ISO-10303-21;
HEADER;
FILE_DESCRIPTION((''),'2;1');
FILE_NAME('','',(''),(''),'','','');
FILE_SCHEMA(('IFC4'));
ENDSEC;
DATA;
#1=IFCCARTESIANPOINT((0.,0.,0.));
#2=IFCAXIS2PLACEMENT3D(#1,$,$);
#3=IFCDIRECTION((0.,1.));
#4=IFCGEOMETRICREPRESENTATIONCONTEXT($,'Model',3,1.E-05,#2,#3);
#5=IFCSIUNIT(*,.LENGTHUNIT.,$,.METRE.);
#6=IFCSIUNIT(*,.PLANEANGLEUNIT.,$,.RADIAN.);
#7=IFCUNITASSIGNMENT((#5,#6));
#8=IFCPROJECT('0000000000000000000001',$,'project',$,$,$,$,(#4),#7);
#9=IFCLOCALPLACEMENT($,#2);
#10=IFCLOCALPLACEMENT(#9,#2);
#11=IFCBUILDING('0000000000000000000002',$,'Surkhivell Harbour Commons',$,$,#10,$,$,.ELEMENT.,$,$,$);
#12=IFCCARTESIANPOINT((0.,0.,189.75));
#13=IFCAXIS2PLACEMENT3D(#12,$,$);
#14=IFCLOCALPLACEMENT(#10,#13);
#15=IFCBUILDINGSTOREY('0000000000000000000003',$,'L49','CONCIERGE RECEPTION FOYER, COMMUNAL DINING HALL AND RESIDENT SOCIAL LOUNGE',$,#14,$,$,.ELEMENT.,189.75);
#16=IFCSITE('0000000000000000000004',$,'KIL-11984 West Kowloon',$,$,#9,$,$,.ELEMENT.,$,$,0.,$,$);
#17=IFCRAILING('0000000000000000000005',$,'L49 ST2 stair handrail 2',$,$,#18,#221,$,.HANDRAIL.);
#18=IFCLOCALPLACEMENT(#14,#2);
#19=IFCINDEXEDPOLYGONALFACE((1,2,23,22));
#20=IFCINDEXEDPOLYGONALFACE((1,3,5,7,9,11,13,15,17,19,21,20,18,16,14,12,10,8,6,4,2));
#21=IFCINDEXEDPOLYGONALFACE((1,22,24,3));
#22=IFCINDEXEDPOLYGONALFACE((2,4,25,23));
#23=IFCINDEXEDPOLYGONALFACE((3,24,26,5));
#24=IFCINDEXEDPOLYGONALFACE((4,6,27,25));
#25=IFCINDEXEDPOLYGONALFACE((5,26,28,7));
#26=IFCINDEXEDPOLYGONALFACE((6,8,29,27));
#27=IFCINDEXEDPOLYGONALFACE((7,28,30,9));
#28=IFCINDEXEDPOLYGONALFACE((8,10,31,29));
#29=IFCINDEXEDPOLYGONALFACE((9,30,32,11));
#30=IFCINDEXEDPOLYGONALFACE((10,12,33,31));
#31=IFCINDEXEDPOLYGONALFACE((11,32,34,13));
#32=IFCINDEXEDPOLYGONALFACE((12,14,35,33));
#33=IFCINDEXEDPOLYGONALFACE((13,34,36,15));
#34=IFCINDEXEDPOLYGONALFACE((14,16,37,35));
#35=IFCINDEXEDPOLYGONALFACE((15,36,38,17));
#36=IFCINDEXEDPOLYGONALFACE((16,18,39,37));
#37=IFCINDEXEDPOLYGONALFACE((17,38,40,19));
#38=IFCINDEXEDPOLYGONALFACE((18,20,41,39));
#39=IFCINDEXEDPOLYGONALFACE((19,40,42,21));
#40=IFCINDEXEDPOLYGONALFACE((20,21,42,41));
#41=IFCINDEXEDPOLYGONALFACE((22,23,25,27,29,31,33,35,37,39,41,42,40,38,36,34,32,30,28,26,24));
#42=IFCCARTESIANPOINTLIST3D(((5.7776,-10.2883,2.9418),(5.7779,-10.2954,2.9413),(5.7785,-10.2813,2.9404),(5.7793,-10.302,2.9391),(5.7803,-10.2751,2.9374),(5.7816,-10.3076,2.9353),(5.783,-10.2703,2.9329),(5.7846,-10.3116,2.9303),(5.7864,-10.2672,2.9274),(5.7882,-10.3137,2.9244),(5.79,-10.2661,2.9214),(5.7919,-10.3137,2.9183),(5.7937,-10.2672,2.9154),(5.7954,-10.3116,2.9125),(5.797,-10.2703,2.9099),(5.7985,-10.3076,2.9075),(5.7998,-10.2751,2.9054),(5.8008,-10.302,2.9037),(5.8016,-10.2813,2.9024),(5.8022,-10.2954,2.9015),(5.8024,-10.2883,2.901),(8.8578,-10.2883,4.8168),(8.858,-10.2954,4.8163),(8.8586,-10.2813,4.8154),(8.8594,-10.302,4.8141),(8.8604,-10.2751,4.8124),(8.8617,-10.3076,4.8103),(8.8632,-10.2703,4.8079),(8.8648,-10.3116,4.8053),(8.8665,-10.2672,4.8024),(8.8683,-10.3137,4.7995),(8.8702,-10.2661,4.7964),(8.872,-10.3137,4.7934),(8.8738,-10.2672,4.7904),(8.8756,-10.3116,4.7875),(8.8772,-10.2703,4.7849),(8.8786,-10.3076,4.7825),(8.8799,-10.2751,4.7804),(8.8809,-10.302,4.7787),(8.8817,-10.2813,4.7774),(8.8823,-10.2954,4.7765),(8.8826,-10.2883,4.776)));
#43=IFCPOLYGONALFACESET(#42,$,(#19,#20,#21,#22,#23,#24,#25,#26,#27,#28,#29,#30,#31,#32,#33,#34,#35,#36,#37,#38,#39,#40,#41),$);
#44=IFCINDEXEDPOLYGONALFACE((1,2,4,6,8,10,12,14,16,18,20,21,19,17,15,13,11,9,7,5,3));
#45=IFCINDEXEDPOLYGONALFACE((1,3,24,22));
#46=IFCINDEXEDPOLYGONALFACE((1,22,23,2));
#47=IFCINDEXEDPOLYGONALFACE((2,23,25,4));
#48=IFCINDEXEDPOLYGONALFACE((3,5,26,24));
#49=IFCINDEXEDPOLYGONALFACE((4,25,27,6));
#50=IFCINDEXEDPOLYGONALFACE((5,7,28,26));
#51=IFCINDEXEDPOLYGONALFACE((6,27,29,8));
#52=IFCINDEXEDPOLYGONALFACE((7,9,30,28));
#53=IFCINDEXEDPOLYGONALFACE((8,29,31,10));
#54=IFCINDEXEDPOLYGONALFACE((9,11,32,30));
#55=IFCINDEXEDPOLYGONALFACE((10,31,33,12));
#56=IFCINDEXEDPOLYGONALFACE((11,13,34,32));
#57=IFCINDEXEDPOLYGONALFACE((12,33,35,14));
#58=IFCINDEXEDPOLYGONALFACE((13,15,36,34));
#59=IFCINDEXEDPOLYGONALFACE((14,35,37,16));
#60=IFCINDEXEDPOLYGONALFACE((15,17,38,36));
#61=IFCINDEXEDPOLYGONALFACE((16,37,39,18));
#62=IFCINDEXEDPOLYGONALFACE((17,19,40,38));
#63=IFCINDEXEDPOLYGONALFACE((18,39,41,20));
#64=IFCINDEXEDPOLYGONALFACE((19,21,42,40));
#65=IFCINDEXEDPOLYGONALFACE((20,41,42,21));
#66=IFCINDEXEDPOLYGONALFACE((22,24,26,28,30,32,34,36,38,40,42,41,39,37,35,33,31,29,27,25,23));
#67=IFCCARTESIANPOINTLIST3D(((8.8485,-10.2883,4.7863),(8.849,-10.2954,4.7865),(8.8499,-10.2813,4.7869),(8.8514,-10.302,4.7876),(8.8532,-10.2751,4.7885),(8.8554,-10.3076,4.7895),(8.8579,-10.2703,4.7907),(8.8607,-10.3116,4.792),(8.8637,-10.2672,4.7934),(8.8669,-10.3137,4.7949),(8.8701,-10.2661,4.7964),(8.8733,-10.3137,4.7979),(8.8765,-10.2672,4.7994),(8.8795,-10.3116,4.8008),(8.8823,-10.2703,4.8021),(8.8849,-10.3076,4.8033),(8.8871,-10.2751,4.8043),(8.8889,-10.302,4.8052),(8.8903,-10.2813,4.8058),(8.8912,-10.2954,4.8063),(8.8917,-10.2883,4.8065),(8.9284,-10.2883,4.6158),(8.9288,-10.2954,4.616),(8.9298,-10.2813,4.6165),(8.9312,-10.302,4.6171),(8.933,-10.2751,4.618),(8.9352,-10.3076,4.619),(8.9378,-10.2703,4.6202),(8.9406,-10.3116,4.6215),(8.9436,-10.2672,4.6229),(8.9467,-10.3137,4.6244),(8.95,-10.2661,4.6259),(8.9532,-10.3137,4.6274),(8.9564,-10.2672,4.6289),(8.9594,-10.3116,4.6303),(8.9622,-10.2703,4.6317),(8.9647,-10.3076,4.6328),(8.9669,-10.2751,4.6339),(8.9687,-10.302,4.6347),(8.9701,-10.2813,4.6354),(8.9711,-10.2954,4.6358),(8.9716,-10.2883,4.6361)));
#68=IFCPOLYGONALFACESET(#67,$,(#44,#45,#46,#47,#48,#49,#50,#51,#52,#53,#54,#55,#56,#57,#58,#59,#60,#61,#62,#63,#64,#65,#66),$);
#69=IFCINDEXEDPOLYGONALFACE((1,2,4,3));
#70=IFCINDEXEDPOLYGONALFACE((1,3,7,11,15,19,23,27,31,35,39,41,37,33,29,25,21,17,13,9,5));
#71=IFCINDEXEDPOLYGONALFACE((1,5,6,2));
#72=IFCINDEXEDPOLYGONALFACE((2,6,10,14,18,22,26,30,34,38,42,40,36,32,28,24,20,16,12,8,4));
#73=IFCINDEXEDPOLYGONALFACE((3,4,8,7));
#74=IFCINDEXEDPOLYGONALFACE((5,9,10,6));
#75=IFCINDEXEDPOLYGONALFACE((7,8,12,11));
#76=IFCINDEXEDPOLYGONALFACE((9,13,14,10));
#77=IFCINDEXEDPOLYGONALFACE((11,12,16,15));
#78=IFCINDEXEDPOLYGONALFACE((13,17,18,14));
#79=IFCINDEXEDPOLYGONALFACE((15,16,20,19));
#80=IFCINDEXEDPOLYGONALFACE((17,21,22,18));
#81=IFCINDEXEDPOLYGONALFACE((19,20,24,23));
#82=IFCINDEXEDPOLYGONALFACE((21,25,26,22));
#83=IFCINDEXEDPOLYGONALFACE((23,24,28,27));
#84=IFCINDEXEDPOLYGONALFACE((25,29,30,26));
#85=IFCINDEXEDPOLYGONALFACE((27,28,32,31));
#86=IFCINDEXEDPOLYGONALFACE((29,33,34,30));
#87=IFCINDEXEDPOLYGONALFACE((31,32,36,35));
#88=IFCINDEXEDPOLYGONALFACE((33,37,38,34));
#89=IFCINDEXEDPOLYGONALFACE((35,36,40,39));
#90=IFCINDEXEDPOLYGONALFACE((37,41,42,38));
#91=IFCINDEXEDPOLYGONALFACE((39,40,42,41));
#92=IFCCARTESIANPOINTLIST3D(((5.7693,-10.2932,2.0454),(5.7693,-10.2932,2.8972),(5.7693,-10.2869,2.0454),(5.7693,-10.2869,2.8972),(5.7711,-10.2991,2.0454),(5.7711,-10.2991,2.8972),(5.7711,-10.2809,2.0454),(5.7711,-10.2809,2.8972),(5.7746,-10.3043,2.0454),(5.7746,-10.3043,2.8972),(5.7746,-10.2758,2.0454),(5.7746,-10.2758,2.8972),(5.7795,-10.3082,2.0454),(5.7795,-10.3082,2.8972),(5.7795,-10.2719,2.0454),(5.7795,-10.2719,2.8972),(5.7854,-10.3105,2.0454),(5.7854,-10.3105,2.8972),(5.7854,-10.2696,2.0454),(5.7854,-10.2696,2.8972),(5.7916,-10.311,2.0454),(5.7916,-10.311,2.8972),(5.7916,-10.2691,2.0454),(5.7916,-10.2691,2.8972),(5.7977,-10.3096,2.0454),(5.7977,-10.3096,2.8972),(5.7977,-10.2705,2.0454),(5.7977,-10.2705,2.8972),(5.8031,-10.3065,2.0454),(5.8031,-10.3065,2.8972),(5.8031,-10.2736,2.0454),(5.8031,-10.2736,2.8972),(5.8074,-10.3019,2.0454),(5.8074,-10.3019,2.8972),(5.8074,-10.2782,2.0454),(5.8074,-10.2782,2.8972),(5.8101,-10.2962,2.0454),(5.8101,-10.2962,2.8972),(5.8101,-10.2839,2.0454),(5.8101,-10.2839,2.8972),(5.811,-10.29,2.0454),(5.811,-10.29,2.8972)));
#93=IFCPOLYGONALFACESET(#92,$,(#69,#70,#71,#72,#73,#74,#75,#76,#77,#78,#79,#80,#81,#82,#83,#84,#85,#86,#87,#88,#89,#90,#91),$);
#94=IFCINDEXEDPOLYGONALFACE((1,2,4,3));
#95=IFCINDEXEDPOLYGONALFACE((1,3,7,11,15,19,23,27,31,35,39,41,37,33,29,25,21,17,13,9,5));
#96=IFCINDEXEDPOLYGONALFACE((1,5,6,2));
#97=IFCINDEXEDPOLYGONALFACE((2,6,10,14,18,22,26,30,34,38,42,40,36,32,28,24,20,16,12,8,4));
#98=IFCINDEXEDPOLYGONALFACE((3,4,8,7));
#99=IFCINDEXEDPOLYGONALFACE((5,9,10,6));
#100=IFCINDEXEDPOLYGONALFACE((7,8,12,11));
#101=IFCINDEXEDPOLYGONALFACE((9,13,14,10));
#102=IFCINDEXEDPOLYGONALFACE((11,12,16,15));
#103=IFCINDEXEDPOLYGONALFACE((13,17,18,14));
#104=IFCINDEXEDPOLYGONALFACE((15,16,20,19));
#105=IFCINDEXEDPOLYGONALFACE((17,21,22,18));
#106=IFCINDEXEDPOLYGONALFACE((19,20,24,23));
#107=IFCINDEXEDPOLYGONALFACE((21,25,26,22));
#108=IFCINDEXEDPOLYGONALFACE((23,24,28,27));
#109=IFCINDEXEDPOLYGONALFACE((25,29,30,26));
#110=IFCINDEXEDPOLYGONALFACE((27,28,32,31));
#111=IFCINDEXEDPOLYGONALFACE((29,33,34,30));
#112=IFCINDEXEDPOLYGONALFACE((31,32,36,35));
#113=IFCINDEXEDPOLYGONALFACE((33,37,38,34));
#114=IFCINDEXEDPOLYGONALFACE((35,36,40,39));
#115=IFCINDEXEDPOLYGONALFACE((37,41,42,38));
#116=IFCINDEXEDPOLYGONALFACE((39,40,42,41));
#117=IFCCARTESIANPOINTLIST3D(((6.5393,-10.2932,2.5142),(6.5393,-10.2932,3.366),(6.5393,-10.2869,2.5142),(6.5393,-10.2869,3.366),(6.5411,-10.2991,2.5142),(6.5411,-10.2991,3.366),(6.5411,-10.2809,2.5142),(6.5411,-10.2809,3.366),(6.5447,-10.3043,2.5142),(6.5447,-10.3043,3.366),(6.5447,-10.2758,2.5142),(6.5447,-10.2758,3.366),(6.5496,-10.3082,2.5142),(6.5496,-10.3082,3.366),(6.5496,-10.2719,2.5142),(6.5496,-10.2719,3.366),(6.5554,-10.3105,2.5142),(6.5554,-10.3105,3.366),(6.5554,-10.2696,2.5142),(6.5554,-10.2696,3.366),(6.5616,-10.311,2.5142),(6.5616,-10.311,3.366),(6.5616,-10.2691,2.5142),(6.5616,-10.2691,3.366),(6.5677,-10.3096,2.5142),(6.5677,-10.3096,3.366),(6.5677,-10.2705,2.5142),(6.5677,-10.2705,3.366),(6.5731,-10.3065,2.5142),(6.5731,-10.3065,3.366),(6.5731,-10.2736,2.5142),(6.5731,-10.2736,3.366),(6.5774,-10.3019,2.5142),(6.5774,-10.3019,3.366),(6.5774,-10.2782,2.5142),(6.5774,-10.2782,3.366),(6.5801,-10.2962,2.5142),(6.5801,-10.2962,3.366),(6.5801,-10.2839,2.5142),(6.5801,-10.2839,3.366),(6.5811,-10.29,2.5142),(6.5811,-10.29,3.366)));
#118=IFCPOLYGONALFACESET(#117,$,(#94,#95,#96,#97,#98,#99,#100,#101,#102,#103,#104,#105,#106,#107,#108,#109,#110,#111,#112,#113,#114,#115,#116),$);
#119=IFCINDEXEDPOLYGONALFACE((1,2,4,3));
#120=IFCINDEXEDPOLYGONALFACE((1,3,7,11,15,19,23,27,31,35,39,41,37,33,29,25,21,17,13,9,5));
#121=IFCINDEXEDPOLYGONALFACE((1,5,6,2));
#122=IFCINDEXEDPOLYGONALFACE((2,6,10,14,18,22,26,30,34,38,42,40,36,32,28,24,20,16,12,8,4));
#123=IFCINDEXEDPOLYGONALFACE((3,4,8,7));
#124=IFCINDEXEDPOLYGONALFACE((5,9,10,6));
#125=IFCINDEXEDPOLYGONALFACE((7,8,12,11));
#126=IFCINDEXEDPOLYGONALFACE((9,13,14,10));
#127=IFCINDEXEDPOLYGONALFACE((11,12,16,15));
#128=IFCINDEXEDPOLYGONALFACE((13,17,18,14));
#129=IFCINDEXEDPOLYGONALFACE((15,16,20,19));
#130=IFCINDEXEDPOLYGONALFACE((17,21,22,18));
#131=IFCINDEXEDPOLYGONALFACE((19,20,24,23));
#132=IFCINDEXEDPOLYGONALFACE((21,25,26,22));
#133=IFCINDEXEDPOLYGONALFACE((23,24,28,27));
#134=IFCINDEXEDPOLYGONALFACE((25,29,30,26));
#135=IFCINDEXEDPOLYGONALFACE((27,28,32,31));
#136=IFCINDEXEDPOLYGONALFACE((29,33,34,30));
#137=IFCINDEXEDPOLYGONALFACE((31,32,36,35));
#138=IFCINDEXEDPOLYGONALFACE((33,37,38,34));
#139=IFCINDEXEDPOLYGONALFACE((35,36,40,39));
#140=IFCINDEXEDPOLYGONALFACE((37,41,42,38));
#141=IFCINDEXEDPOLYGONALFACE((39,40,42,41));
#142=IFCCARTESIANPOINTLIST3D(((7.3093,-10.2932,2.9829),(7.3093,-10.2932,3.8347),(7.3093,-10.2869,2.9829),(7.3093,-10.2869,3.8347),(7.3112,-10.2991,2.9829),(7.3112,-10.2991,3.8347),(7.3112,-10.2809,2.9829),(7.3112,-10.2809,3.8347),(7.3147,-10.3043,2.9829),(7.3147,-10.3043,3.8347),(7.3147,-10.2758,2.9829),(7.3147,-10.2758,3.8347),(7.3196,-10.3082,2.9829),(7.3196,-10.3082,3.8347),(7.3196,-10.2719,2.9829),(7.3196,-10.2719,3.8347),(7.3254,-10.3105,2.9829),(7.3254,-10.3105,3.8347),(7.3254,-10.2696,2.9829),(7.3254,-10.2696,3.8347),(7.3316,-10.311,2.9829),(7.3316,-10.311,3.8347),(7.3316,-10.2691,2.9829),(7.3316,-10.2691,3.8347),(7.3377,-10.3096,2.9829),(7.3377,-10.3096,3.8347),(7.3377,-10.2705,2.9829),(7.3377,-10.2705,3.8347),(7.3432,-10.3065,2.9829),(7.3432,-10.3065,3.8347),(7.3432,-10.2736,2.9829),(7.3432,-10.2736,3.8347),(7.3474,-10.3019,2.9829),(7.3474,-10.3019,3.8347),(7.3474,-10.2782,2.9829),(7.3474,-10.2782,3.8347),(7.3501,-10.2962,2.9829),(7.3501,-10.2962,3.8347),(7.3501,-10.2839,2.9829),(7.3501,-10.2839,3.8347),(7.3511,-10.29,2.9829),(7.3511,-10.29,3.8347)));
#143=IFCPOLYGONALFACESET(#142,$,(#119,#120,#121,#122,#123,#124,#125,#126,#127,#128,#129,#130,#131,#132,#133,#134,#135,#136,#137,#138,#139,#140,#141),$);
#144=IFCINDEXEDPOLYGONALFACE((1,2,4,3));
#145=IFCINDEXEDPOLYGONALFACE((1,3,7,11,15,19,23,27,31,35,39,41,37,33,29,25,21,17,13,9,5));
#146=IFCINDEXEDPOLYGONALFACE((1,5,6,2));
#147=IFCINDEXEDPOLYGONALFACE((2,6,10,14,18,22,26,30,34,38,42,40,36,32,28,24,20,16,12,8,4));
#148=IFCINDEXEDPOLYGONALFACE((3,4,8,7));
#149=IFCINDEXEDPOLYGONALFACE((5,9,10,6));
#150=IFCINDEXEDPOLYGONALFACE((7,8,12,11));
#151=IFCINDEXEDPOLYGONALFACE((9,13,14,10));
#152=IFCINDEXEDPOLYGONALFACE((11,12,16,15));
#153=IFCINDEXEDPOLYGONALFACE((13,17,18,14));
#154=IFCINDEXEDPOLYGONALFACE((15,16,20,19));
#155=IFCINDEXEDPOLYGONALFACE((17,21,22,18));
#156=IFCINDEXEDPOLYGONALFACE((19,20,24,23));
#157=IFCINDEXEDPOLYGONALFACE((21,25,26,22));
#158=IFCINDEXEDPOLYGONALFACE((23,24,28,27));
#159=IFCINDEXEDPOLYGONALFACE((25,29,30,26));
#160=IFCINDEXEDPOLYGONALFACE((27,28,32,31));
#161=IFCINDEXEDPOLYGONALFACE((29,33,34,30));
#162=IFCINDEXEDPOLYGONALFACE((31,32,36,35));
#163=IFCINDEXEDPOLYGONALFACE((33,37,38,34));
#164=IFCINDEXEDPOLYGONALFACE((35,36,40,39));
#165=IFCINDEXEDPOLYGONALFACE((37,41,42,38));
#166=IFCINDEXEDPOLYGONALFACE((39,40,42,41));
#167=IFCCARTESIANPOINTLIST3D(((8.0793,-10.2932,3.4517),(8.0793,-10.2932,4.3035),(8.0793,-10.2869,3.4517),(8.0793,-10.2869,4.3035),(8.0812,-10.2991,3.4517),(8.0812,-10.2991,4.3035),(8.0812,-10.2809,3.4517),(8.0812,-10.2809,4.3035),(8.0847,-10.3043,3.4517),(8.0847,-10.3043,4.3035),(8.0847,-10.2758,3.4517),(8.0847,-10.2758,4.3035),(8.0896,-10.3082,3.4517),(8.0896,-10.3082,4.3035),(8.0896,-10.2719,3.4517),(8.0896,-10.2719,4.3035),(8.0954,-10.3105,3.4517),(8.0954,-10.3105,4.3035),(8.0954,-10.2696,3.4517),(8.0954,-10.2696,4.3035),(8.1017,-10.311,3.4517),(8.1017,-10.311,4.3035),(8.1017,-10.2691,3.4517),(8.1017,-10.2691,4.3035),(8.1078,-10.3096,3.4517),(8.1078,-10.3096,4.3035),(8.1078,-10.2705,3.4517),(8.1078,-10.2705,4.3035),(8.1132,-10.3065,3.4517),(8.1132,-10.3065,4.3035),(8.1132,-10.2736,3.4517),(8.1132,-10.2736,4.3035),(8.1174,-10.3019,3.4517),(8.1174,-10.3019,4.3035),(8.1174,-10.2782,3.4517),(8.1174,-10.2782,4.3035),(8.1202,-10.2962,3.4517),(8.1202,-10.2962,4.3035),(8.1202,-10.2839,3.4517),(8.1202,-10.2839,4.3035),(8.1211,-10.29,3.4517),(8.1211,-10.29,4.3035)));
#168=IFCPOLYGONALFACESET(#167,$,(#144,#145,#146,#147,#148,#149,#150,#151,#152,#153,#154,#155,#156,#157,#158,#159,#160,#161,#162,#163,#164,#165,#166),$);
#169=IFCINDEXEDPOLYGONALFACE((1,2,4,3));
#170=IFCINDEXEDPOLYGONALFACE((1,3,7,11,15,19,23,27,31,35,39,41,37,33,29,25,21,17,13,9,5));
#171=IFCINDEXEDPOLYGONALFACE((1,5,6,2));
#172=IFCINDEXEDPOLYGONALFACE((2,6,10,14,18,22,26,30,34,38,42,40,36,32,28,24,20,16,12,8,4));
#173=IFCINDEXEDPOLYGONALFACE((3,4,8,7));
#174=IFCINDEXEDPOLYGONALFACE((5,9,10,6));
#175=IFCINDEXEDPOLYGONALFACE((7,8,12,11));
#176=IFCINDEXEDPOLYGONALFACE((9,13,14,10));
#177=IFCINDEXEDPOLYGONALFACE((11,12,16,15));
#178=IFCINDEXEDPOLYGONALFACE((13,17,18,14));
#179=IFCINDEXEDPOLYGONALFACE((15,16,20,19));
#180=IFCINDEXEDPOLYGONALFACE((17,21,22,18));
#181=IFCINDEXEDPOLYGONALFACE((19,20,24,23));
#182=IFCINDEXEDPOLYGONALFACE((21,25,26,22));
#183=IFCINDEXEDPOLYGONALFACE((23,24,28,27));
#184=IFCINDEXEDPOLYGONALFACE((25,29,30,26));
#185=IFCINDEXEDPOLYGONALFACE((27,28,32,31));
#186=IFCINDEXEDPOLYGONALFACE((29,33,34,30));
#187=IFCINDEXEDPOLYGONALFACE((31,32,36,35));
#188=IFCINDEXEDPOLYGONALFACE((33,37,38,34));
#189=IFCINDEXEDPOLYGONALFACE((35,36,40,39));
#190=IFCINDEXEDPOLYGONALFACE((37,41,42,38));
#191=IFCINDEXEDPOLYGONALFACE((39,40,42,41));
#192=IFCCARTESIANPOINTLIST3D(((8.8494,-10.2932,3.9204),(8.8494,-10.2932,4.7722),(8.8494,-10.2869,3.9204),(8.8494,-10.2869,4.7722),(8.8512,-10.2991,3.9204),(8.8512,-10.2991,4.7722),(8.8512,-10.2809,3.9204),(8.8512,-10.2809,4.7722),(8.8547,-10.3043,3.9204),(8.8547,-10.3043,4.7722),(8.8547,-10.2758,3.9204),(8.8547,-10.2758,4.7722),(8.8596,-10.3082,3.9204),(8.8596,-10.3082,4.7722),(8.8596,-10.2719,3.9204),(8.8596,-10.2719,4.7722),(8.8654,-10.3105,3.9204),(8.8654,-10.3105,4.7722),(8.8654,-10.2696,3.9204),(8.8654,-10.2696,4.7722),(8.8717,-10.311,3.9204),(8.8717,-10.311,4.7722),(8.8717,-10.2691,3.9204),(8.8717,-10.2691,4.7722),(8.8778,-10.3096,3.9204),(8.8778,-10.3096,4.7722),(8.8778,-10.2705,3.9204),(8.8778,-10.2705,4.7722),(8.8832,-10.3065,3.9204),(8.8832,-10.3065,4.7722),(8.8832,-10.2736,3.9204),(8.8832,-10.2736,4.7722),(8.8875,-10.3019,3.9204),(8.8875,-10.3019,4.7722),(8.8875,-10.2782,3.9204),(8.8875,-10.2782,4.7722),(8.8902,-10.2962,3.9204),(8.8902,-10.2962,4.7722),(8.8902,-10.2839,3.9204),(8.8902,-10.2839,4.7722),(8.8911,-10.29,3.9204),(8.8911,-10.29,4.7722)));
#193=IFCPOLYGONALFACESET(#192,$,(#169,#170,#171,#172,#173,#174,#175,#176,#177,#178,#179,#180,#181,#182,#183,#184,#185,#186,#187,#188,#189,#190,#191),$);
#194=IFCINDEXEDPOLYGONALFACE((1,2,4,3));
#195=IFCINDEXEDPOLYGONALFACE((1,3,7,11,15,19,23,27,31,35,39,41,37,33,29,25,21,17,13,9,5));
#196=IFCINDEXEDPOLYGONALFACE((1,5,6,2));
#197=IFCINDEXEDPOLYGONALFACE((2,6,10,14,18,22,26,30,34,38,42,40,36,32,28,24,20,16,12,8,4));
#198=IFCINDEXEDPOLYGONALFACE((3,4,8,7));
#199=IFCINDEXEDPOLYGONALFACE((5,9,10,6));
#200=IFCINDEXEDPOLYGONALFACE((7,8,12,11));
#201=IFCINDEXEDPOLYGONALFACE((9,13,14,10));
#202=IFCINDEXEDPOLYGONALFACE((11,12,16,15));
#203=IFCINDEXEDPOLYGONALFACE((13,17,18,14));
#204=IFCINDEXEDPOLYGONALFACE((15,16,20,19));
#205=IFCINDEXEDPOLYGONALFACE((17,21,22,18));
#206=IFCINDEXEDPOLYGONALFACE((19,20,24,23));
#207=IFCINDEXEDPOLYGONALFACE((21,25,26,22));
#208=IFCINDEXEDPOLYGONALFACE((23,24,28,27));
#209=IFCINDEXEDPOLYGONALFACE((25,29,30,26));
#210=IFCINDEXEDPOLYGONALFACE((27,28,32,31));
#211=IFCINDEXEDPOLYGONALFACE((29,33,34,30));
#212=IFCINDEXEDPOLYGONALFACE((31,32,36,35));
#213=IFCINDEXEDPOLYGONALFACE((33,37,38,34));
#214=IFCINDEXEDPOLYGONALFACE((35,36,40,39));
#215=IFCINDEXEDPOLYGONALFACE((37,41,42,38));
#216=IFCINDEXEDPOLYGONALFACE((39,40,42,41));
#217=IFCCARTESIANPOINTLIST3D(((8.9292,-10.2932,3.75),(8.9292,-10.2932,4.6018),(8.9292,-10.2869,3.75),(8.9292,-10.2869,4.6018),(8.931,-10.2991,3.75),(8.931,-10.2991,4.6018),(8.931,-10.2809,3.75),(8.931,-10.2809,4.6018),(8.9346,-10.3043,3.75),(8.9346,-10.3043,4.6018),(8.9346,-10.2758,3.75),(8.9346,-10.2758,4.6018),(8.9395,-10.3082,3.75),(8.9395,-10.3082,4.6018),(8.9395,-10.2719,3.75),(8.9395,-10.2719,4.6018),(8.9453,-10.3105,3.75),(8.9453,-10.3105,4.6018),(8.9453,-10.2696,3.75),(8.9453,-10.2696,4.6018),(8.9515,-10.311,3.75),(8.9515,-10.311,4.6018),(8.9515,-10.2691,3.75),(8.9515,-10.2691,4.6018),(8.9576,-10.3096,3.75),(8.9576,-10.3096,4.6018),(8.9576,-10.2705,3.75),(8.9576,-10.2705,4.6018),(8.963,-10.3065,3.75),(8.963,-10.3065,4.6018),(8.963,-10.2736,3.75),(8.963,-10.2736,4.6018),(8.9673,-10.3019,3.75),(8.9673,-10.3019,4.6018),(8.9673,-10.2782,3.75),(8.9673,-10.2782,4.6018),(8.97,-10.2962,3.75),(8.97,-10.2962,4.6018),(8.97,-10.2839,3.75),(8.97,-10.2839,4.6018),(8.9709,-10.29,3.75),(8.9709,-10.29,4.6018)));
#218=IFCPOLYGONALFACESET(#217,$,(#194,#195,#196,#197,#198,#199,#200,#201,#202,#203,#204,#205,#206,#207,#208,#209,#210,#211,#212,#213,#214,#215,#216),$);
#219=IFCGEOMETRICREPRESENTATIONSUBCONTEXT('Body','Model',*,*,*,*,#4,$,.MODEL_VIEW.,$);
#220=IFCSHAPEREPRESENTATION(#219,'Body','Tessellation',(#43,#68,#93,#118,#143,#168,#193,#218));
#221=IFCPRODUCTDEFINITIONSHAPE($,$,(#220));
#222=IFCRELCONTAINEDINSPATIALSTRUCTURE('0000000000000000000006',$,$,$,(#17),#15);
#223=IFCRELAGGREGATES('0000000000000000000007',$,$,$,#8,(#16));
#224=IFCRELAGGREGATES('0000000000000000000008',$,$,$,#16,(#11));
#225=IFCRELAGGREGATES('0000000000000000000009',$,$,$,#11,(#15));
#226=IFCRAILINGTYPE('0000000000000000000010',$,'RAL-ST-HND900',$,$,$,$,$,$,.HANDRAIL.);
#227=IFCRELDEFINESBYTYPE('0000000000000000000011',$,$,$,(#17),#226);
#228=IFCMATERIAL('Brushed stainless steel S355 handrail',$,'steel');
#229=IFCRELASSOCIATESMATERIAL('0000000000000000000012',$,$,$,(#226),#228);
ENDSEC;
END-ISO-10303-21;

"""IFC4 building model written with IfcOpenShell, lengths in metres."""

from ifc_helpers import new_model, si_unit, direction, frame, origin, origin_2d, place, context, subcontext, project, spatial, circle, extrude, material, type_object, element, save


model = new_model("IFC4")

# Units and contexts
model_context = context("Model", 3, precision=1e-05, world=origin(), true_north=direction((0.0, 1.0)))
body_context = subcontext(model_context, "Body", "Model", "MODEL_VIEW")
ifc_project = project(units=[si_unit("LENGTHUNIT", "METRE"), si_unit("PLANEANGLEUNIT", "RADIAN")], contexts=[model_context])

# Site, building, storey
site_placement = place(None, origin())
site = spatial("IfcSite", under=ifc_project, at=site_placement, Name="KIL-11984 West Kowloon", CompositionType="ELEMENT", RefElevation=0.0)
building_placement = place(site_placement, origin())
building = spatial("IfcBuilding", under=site, at=building_placement, Name="Surkhivell Harbour Commons", CompositionType="ELEMENT")
storey_placement = place(building_placement, frame((0.0, 0.0, 189.75)))
storey = spatial("IfcBuildingStorey", under=building, at=storey_placement, Name="L49", Description="CONCIERGE RECEPTION FOYER, COMMUNAL DINING HALL AND RESIDENT SOCIAL LOUNGE", CompositionType="ELEMENT", Elevation=189.75)

# Railing
ifc_material_1 = material(Name="Brushed stainless steel S355 handrail", Category="steel")
railing_type_1 = type_object("IfcRailingType", Name="RAL-ST-HND900", PredefinedType="HANDRAIL", material=ifc_material_1)
railing_1_placement = place(storey_placement, frame((5.79, -10.29, 2.0454)))
element("IfcRailing", 1, at=railing_1_placement, inside=storey, type_object=railing_type_1, Name="L49 ST2 stair handrail 2", PredefinedType="HANDRAIL", context=body_context, shape_type="SweptSolid", body=[
    extrude(circle(Radius=0.0239, at=origin_2d()), frame((0.0, 0.0, 0.876), z_axis=(0.854178, 0.0, 0.519981), x_axis=(0.0, 1.0, 0.0)), (0.0, 0.0, 1.0), 3.606),
    extrude(circle(Radius=0.0239, at=origin_2d()), frame((3.0801, 0.0, 2.751), z_axis=(0.424234, 0.0, -0.905552), x_axis=(0.0, 1.0, 0.0)), (0.0, 0.0, 1.0), 0.1882),
    extrude(circle(Radius=0.021, at=origin_2d()), origin(), (0.0, 0.0, 1.0), 0.8518),
    extrude(circle(Radius=0.021, at=origin_2d()), frame((0.77, 0.0, 0.4688)), (0.0, 0.0, 1.0), 0.8518),
    extrude(circle(Radius=0.021, at=origin_2d()), frame((1.54, 0.0, 0.9375)), (0.0, 0.0, 1.0), 0.8518),
    extrude(circle(Radius=0.021, at=origin_2d()), frame((2.3101, 0.0, 1.4062)), (0.0, 0.0, 1.0), 0.8518),
    extrude(circle(Radius=0.021, at=origin_2d()), frame((3.0801, 0.0, 1.875)), (0.0, 0.0, 1.0), 0.8518),
    extrude(circle(Radius=0.021, at=origin_2d()), frame((3.1599, 0.0, 1.7046)), (0.0, 0.0, 1.0), 0.8518),
])

save(model, "model.ifc")
